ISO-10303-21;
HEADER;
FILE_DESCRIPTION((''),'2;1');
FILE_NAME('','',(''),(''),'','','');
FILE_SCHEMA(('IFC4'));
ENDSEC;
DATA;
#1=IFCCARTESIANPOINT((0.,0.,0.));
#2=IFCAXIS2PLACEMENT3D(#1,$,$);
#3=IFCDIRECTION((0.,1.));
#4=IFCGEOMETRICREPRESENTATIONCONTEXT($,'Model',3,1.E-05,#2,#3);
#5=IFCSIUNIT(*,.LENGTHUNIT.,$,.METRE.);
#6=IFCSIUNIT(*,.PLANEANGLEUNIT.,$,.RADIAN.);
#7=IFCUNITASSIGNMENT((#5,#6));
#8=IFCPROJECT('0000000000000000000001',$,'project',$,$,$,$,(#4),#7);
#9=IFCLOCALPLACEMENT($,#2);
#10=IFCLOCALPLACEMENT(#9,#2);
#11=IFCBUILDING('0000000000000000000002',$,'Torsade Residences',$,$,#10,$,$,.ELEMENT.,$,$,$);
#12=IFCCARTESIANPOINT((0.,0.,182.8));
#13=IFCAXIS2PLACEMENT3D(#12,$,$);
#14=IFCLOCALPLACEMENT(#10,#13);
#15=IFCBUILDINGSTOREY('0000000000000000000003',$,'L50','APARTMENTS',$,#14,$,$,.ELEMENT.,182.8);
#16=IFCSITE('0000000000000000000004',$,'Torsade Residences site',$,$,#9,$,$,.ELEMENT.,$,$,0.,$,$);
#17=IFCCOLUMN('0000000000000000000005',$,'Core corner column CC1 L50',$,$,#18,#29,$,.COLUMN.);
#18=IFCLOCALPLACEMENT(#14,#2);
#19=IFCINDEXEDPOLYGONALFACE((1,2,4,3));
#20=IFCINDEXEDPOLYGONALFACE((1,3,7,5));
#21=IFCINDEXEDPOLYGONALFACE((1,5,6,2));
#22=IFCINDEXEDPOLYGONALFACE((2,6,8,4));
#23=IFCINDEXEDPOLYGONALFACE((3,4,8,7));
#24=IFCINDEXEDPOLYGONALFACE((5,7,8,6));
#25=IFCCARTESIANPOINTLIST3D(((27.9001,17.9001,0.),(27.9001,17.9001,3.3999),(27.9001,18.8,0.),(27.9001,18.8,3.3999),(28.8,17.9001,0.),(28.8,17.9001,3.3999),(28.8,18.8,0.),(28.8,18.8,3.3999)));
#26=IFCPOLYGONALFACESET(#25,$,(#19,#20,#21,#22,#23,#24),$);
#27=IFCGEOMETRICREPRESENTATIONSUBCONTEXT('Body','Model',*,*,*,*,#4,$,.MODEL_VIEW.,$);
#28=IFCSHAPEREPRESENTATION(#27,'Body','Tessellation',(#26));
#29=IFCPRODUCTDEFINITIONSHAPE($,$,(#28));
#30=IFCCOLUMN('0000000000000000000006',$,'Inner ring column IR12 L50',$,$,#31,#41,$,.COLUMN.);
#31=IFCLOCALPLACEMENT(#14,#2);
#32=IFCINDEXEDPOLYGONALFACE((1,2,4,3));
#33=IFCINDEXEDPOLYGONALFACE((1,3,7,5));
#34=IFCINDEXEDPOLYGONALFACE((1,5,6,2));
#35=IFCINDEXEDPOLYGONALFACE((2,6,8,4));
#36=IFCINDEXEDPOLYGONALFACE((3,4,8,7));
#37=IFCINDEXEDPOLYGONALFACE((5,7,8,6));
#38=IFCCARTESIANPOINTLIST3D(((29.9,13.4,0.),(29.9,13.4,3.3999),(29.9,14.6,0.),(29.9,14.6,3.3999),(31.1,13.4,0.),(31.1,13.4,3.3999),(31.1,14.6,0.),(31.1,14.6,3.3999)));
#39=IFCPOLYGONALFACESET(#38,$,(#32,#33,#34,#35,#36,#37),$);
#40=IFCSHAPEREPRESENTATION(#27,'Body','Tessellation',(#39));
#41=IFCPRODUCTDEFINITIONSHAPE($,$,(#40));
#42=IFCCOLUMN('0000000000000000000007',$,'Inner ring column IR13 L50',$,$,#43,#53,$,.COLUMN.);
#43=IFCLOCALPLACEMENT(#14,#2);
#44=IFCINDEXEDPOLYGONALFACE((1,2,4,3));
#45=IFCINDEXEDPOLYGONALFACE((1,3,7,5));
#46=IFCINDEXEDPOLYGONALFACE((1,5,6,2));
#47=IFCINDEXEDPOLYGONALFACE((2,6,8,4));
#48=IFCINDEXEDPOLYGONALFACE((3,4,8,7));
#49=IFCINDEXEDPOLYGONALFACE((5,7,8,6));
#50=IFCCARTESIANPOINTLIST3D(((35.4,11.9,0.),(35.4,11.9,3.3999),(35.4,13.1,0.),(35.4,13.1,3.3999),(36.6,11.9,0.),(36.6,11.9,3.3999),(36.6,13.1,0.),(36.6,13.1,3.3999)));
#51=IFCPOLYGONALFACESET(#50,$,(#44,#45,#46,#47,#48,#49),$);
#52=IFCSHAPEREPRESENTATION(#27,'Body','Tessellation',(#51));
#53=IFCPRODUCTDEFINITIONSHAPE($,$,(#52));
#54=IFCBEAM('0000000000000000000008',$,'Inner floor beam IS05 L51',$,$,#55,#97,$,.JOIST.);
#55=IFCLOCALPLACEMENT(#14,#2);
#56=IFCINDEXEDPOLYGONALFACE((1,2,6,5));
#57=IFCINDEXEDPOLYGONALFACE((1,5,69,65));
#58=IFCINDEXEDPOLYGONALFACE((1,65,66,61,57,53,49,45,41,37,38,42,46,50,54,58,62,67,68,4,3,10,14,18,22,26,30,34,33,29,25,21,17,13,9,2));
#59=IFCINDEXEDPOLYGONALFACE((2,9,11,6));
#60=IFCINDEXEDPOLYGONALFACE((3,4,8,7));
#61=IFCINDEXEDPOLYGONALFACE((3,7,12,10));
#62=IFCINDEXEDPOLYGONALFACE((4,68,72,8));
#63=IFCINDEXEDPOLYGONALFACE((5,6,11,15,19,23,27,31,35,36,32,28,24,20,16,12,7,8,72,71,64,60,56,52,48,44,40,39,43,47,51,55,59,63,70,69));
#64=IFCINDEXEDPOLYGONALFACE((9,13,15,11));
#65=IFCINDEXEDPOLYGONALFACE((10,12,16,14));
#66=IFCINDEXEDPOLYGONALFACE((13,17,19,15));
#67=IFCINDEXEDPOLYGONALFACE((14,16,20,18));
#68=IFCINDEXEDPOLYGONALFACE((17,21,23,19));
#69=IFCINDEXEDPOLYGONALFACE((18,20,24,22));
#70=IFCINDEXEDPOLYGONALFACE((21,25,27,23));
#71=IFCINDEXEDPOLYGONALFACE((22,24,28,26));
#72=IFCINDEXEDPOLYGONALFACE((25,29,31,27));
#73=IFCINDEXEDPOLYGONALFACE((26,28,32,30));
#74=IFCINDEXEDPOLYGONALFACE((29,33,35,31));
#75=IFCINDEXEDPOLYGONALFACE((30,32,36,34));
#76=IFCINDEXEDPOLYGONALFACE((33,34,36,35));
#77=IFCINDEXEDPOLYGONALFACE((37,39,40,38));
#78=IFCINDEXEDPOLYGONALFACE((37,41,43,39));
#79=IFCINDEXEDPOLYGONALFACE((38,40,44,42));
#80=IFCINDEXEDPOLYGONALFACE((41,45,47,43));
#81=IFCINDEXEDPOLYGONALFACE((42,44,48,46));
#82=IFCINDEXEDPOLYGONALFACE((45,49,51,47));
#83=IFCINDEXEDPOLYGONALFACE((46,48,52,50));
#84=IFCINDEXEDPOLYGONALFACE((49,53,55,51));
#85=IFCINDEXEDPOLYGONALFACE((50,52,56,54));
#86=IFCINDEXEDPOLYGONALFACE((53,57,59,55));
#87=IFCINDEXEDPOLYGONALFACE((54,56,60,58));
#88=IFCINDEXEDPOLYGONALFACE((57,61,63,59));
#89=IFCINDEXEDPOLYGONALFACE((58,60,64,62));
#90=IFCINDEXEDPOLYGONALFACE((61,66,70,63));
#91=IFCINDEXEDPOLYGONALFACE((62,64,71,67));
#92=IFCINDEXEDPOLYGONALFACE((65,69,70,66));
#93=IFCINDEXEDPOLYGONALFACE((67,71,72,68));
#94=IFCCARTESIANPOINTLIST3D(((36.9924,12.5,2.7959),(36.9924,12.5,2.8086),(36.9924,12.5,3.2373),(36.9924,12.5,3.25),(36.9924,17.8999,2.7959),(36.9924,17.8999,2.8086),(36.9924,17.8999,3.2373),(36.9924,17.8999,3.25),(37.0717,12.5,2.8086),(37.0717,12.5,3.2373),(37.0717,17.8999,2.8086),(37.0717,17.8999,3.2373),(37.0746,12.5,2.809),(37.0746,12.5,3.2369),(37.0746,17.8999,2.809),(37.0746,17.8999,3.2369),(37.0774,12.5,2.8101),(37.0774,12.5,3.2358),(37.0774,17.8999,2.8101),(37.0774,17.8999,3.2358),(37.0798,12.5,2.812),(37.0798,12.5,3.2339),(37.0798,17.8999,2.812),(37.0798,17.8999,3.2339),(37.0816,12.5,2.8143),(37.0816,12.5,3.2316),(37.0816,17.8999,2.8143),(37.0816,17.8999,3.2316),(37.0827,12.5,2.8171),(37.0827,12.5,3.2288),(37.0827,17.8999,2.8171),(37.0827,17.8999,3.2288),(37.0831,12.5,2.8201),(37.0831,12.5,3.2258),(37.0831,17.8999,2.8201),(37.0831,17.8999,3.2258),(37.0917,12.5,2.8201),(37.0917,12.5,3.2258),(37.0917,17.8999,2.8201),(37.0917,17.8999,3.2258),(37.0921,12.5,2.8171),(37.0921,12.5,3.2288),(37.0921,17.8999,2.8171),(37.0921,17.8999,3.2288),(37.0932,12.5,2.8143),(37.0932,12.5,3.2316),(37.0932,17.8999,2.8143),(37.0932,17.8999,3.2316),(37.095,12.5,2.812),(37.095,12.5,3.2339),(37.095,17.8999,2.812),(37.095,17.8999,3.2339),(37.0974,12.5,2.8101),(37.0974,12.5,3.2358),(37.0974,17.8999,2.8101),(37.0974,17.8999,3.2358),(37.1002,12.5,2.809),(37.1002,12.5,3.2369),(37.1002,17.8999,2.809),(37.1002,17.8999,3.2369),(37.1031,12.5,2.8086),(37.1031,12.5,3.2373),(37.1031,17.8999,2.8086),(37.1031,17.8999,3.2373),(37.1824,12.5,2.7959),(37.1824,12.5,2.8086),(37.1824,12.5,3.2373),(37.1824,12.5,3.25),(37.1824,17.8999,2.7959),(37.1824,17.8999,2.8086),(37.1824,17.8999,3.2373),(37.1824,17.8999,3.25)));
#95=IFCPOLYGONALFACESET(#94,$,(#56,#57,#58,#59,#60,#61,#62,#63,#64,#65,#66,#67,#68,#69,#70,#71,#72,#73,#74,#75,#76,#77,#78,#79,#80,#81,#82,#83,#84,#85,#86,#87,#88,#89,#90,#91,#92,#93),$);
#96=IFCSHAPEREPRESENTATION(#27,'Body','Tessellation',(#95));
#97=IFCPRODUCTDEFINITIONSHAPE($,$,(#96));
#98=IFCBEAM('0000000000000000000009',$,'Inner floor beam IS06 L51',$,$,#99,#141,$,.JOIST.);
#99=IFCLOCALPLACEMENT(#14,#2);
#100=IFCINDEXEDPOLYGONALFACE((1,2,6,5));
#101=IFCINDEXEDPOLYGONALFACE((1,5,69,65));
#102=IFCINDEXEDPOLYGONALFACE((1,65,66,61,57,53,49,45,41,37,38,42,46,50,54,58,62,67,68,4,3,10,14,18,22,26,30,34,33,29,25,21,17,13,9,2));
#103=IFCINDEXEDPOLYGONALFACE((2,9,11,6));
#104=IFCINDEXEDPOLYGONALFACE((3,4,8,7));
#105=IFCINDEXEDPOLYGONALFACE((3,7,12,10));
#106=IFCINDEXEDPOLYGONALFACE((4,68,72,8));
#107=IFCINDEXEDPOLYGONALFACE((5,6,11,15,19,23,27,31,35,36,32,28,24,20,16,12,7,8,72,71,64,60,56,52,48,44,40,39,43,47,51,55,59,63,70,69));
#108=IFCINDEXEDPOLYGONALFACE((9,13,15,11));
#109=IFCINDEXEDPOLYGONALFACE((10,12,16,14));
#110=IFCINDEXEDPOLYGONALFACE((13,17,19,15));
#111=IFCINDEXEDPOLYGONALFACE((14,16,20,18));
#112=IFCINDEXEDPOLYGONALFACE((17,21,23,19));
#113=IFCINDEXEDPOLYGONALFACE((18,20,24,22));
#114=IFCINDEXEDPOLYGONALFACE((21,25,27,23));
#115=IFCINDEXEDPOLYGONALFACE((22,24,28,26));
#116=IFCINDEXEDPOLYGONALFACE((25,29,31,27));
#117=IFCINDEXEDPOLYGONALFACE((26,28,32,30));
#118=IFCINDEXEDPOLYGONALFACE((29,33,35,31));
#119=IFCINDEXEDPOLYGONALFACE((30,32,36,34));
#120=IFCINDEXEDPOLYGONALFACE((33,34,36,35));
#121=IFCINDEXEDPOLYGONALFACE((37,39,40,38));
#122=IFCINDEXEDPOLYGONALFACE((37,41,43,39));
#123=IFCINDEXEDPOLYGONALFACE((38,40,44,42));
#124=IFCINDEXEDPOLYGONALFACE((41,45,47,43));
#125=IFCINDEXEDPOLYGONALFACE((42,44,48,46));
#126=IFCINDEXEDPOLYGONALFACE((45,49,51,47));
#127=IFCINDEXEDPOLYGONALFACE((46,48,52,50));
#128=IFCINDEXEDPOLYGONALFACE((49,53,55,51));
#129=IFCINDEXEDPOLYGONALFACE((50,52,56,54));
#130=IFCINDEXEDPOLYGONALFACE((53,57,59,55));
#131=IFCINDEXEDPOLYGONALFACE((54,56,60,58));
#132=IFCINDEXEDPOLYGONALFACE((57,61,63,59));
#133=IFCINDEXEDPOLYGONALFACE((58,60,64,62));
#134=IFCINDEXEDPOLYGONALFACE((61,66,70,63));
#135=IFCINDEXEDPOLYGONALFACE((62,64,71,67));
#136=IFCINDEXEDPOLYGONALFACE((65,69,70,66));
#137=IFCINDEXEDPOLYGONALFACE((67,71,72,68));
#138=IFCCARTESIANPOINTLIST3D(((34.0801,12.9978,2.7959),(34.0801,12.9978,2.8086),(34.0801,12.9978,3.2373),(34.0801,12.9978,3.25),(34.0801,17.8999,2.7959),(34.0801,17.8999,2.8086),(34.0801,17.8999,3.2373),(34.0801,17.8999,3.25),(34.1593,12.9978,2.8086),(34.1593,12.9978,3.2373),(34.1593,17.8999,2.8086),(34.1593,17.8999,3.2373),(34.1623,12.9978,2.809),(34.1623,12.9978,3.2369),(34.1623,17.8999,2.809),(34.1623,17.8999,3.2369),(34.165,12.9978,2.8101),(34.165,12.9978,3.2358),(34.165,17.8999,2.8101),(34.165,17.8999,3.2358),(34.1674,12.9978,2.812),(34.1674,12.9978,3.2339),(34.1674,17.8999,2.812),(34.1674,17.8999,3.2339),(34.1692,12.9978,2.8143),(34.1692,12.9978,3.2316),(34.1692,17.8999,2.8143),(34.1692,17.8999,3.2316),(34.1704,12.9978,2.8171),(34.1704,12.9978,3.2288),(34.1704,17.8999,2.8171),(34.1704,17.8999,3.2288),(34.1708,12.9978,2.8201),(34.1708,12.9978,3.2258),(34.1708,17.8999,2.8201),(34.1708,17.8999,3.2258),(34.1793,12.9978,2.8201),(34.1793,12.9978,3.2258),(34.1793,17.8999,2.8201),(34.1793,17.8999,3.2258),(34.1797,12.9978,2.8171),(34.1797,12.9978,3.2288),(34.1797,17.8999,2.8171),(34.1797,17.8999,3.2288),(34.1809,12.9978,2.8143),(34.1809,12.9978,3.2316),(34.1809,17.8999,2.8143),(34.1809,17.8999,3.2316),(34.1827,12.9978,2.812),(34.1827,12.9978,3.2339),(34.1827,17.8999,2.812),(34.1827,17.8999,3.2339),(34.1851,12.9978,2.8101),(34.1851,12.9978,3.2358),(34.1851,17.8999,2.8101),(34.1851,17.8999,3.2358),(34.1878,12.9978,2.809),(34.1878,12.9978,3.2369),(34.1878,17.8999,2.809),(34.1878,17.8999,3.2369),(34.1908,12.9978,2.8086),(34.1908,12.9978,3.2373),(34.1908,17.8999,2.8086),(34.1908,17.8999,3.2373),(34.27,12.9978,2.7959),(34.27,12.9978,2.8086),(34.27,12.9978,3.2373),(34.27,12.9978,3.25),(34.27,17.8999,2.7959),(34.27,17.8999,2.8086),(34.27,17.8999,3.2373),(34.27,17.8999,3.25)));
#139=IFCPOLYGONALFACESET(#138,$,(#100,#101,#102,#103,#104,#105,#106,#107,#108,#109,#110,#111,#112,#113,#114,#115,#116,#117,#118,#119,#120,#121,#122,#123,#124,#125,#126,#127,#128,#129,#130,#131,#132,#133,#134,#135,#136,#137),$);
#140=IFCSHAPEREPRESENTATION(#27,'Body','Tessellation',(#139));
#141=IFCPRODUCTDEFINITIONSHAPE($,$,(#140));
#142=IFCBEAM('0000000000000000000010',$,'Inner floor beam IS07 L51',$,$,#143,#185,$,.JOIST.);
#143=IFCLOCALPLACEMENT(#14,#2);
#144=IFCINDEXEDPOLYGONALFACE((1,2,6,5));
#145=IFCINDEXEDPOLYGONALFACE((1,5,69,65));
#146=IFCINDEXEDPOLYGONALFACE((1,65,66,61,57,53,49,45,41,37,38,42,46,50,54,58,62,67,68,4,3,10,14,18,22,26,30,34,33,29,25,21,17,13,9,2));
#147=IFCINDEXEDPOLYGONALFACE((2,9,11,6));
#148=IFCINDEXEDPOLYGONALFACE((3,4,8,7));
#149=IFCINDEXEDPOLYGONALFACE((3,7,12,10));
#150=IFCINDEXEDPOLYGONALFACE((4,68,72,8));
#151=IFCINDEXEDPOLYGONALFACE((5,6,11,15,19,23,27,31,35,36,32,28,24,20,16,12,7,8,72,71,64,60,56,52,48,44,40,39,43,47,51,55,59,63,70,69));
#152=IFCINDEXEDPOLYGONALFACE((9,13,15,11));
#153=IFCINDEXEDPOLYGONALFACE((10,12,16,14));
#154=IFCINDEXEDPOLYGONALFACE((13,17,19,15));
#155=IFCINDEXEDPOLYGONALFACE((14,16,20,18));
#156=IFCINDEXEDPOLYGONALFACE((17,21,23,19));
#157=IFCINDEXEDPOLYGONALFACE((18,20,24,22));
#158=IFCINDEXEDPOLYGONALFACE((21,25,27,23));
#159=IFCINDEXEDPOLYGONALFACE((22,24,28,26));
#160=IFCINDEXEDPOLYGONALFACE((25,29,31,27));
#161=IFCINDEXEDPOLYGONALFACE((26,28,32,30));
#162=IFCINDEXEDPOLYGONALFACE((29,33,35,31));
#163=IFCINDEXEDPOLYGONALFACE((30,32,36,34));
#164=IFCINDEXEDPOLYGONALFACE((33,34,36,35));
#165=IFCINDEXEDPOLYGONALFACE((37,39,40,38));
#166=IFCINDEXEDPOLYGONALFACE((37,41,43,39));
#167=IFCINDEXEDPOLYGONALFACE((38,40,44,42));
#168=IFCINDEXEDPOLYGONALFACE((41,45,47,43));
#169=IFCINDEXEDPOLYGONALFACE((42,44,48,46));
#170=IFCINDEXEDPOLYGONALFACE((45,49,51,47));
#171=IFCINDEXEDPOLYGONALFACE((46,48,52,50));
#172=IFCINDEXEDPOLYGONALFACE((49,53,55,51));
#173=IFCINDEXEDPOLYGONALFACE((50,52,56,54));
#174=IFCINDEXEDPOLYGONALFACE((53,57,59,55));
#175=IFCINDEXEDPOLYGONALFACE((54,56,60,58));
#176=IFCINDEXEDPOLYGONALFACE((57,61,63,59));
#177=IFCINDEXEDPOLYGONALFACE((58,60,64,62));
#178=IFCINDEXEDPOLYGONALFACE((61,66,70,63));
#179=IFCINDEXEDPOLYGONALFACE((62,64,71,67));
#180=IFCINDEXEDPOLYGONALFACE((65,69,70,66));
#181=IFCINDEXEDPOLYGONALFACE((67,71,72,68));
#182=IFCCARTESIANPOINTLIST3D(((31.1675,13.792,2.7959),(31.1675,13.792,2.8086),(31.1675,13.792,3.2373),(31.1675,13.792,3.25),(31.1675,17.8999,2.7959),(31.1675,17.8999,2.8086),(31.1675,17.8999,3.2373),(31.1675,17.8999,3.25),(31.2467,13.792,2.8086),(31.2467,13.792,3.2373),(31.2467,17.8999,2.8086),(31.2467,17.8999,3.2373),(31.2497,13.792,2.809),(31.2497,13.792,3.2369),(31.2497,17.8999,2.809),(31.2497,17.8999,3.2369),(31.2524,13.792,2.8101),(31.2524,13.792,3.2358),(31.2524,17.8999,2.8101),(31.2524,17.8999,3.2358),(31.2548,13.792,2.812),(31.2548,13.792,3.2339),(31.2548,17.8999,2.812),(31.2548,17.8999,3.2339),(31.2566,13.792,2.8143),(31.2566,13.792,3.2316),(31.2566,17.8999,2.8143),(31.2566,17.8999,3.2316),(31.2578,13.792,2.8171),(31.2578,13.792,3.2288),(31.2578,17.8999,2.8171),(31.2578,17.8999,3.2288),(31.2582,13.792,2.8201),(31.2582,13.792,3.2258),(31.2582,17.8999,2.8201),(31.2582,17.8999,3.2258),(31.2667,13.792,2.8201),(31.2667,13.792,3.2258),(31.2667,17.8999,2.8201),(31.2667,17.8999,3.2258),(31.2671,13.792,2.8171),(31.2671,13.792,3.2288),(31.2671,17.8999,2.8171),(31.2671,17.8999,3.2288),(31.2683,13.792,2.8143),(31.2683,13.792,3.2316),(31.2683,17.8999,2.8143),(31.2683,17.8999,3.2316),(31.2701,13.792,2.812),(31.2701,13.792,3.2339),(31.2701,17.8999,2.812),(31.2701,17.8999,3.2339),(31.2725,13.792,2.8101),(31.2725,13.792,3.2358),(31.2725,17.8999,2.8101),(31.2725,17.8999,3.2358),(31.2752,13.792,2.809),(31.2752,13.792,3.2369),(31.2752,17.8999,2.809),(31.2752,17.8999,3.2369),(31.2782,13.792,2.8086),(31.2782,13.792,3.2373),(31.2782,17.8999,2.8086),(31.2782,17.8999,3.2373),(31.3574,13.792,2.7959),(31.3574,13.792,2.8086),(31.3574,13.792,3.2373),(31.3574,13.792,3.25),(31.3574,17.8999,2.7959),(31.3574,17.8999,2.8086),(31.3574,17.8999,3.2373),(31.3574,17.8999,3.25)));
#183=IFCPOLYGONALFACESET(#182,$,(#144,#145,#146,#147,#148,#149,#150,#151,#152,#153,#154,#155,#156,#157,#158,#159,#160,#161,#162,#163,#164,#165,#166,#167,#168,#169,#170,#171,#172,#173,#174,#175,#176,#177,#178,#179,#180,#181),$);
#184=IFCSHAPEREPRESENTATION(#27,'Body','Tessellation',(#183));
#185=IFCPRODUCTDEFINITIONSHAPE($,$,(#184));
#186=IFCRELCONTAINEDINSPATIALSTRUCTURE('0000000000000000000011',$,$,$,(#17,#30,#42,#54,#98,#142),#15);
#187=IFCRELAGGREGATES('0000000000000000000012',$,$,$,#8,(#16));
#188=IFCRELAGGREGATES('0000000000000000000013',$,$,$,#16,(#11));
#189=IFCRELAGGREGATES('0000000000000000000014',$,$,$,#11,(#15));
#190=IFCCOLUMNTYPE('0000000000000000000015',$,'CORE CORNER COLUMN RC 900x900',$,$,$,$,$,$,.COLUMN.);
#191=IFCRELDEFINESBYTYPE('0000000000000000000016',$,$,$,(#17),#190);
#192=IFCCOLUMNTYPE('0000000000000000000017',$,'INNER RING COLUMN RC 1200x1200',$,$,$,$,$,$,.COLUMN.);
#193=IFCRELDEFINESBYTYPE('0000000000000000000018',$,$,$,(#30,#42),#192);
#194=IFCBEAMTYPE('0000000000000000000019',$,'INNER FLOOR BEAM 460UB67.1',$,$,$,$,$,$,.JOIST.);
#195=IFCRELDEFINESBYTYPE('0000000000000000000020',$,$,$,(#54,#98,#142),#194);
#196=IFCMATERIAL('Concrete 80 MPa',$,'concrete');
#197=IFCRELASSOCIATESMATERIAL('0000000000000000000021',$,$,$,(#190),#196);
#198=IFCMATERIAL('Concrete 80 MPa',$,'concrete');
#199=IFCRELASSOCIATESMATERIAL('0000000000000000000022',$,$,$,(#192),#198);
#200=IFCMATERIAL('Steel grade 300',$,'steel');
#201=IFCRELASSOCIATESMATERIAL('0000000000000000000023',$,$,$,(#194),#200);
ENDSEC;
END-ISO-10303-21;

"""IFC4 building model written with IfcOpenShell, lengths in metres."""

from ifc_helpers import new_model, si_unit, direction, frame, origin, origin_2d, place, context, subcontext, project, spatial, rectangle, i_section, extrude, material, material_profile, profile_set, type_object, element, save


model = new_model("IFC4")

# Units and contexts
model_context = context("Model", 3, precision=1e-05, world=origin(), true_north=direction((0.0, 1.0)))
body_context = subcontext(model_context, "Body", "Model", "MODEL_VIEW")
ifc_project = project(units=[si_unit("LENGTHUNIT", "METRE"), si_unit("PLANEANGLEUNIT", "RADIAN")], contexts=[model_context])

# Site, building, storey
site_placement = place(None, origin())
site = spatial("IfcSite", under=ifc_project, at=site_placement, Name="Torsade Residences site", CompositionType="ELEMENT", RefElevation=0.0)
building_placement = place(site_placement, origin())
building = spatial("IfcBuilding", under=site, at=building_placement, Name="Torsade Residences", CompositionType="ELEMENT")
storey_placement = place(building_placement, frame((0.0, 0.0, 182.8)))
storey = spatial("IfcBuildingStorey", under=building, at=storey_placement, Name="L50", Description="APARTMENTS", CompositionType="ELEMENT", Elevation=182.8)

# Columns
ifc_material_1 = material(Name="Concrete 80 MPa", Category="concrete")
ifc_material_profile_1 = material_profile(ifc_material_1, rectangle(XDim=0.8999, YDim=0.8999, at=origin_2d()), Name="RC 900x900")
ifc_profile_set_1 = profile_set([ifc_material_profile_1], Name="Concrete 80 MPa")
column_type_1 = type_object("IfcColumnType", Name="CORE CORNER COLUMN RC 900x900", PredefinedType="COLUMN", material=ifc_profile_set_1)
column_placement = place(storey_placement, frame((28.3501, 18.3501, 0.0), z_axis=(0.0, 0.0, 1.0), x_axis=(1.0, 0.0, 0.0)))
element("IfcColumn", 1, at=column_placement, inside=storey, type_object=column_type_1, Name="Core corner column CC1 L50", PredefinedType="COLUMN", context=body_context, shape_type="SweptSolid", body=[
    extrude(rectangle(XDim=0.8999, YDim=0.8999, at=origin_2d()), origin(), (0.0, 0.0, 1.0), 3.3999),
])
ifc_material_2 = material(Name="Concrete 80 MPa", Category="concrete")
ifc_material_profile_2 = material_profile(ifc_material_2, rectangle(XDim=1.2, YDim=1.2, at=origin_2d()), Name="RC 1200x1200")
ifc_profile_set_2 = profile_set([ifc_material_profile_2], Name="Concrete 80 MPa")
column_type_2 = type_object("IfcColumnType", Name="INNER RING COLUMN RC 1200x1200", PredefinedType="COLUMN", material=ifc_profile_set_2)
for number, where, z_axis, x_axis, name in (
    (2, (30.5, 14.0, 0.0), (0.0, 0.0, 1.0), (1.0, 0.0, 0.0), "Inner ring column IR12 L50"),
    (3, (36.0, 12.5, 0.0), (0.0, 0.0, 1.0), (1.0, 0.0, 0.0), "Inner ring column IR13 L50"),
):
    element("IfcColumn", number, at=place(storey_placement, frame(where, z_axis=z_axis, x_axis=x_axis)), inside=storey, type_object=column_type_2, Name=name, PredefinedType="COLUMN", context=body_context, shape_type="SweptSolid", body=[
        extrude(rectangle(XDim=1.2, YDim=1.2, at=origin_2d()), origin(), (0.0, 0.0, 1.0), 3.3999),
    ])

# Beams
ifc_material_3 = material(Name="Steel grade 300", Category="steel")
ifc_material_profile_3 = material_profile(ifc_material_3, i_section(OverallWidth=0.1899, OverallDepth=0.4541, WebThickness=0.0085, FlangeThickness=0.0127, FilletRadius=0.0115, at=origin_2d()), Name="460UB67.1")
ifc_profile_set_3 = profile_set([ifc_material_profile_3], Name="Steel grade 300")
beam_type_1 = type_object("IfcBeamType", Name="INNER FLOOR BEAM 460UB67.1", PredefinedType="JOIST", material=ifc_profile_set_3)
beam_1_placement = place(storey_placement, frame((37.0874, 17.8999, 3.0229), z_axis=(0.0, -1.0, 0.0), x_axis=(1.0, 0.0, 0.0)))
element("IfcBeam", 4, at=beam_1_placement, inside=storey, type_object=beam_type_1, Name="Inner floor beam IS05 L51", PredefinedType="JOIST", context=body_context, shape_type="SweptSolid", body=[
    extrude(i_section(OverallWidth=0.1899, OverallDepth=0.4541, WebThickness=0.0085, FlangeThickness=0.0127, FilletRadius=0.0115, at=origin_2d()), origin(), (0.0, 0.0, 1.0), 5.3999),
])
beam_2_placement = place(storey_placement, frame((34.175, 17.8999, 3.0229), z_axis=(0.0, -1.0, 0.0), x_axis=(1.0, 0.0, 0.0)))
element("IfcBeam", 5, at=beam_2_placement, inside=storey, type_object=beam_type_1, Name="Inner floor beam IS06 L51", PredefinedType="JOIST", context=body_context, shape_type="SweptSolid", body=[
    extrude(i_section(OverallWidth=0.1899, OverallDepth=0.4541, WebThickness=0.0085, FlangeThickness=0.0127, FilletRadius=0.0115, at=origin_2d()), origin(), (0.0, 0.0, 1.0), 4.9021),
])
beam_3_placement = place(storey_placement, frame((31.2625, 17.8999, 3.0229), z_axis=(0.0, -1.0, 0.0), x_axis=(1.0, 0.0, 0.0)))
element("IfcBeam", 6, at=beam_3_placement, inside=storey, type_object=beam_type_1, Name="Inner floor beam IS07 L51", PredefinedType="JOIST", context=body_context, shape_type="SweptSolid", body=[
    extrude(i_section(OverallWidth=0.1899, OverallDepth=0.4541, WebThickness=0.0085, FlangeThickness=0.0127, FilletRadius=0.0115, at=origin_2d()), origin(), (0.0, 0.0, 1.0), 4.1079),
])

save(model, "model.ifc")
